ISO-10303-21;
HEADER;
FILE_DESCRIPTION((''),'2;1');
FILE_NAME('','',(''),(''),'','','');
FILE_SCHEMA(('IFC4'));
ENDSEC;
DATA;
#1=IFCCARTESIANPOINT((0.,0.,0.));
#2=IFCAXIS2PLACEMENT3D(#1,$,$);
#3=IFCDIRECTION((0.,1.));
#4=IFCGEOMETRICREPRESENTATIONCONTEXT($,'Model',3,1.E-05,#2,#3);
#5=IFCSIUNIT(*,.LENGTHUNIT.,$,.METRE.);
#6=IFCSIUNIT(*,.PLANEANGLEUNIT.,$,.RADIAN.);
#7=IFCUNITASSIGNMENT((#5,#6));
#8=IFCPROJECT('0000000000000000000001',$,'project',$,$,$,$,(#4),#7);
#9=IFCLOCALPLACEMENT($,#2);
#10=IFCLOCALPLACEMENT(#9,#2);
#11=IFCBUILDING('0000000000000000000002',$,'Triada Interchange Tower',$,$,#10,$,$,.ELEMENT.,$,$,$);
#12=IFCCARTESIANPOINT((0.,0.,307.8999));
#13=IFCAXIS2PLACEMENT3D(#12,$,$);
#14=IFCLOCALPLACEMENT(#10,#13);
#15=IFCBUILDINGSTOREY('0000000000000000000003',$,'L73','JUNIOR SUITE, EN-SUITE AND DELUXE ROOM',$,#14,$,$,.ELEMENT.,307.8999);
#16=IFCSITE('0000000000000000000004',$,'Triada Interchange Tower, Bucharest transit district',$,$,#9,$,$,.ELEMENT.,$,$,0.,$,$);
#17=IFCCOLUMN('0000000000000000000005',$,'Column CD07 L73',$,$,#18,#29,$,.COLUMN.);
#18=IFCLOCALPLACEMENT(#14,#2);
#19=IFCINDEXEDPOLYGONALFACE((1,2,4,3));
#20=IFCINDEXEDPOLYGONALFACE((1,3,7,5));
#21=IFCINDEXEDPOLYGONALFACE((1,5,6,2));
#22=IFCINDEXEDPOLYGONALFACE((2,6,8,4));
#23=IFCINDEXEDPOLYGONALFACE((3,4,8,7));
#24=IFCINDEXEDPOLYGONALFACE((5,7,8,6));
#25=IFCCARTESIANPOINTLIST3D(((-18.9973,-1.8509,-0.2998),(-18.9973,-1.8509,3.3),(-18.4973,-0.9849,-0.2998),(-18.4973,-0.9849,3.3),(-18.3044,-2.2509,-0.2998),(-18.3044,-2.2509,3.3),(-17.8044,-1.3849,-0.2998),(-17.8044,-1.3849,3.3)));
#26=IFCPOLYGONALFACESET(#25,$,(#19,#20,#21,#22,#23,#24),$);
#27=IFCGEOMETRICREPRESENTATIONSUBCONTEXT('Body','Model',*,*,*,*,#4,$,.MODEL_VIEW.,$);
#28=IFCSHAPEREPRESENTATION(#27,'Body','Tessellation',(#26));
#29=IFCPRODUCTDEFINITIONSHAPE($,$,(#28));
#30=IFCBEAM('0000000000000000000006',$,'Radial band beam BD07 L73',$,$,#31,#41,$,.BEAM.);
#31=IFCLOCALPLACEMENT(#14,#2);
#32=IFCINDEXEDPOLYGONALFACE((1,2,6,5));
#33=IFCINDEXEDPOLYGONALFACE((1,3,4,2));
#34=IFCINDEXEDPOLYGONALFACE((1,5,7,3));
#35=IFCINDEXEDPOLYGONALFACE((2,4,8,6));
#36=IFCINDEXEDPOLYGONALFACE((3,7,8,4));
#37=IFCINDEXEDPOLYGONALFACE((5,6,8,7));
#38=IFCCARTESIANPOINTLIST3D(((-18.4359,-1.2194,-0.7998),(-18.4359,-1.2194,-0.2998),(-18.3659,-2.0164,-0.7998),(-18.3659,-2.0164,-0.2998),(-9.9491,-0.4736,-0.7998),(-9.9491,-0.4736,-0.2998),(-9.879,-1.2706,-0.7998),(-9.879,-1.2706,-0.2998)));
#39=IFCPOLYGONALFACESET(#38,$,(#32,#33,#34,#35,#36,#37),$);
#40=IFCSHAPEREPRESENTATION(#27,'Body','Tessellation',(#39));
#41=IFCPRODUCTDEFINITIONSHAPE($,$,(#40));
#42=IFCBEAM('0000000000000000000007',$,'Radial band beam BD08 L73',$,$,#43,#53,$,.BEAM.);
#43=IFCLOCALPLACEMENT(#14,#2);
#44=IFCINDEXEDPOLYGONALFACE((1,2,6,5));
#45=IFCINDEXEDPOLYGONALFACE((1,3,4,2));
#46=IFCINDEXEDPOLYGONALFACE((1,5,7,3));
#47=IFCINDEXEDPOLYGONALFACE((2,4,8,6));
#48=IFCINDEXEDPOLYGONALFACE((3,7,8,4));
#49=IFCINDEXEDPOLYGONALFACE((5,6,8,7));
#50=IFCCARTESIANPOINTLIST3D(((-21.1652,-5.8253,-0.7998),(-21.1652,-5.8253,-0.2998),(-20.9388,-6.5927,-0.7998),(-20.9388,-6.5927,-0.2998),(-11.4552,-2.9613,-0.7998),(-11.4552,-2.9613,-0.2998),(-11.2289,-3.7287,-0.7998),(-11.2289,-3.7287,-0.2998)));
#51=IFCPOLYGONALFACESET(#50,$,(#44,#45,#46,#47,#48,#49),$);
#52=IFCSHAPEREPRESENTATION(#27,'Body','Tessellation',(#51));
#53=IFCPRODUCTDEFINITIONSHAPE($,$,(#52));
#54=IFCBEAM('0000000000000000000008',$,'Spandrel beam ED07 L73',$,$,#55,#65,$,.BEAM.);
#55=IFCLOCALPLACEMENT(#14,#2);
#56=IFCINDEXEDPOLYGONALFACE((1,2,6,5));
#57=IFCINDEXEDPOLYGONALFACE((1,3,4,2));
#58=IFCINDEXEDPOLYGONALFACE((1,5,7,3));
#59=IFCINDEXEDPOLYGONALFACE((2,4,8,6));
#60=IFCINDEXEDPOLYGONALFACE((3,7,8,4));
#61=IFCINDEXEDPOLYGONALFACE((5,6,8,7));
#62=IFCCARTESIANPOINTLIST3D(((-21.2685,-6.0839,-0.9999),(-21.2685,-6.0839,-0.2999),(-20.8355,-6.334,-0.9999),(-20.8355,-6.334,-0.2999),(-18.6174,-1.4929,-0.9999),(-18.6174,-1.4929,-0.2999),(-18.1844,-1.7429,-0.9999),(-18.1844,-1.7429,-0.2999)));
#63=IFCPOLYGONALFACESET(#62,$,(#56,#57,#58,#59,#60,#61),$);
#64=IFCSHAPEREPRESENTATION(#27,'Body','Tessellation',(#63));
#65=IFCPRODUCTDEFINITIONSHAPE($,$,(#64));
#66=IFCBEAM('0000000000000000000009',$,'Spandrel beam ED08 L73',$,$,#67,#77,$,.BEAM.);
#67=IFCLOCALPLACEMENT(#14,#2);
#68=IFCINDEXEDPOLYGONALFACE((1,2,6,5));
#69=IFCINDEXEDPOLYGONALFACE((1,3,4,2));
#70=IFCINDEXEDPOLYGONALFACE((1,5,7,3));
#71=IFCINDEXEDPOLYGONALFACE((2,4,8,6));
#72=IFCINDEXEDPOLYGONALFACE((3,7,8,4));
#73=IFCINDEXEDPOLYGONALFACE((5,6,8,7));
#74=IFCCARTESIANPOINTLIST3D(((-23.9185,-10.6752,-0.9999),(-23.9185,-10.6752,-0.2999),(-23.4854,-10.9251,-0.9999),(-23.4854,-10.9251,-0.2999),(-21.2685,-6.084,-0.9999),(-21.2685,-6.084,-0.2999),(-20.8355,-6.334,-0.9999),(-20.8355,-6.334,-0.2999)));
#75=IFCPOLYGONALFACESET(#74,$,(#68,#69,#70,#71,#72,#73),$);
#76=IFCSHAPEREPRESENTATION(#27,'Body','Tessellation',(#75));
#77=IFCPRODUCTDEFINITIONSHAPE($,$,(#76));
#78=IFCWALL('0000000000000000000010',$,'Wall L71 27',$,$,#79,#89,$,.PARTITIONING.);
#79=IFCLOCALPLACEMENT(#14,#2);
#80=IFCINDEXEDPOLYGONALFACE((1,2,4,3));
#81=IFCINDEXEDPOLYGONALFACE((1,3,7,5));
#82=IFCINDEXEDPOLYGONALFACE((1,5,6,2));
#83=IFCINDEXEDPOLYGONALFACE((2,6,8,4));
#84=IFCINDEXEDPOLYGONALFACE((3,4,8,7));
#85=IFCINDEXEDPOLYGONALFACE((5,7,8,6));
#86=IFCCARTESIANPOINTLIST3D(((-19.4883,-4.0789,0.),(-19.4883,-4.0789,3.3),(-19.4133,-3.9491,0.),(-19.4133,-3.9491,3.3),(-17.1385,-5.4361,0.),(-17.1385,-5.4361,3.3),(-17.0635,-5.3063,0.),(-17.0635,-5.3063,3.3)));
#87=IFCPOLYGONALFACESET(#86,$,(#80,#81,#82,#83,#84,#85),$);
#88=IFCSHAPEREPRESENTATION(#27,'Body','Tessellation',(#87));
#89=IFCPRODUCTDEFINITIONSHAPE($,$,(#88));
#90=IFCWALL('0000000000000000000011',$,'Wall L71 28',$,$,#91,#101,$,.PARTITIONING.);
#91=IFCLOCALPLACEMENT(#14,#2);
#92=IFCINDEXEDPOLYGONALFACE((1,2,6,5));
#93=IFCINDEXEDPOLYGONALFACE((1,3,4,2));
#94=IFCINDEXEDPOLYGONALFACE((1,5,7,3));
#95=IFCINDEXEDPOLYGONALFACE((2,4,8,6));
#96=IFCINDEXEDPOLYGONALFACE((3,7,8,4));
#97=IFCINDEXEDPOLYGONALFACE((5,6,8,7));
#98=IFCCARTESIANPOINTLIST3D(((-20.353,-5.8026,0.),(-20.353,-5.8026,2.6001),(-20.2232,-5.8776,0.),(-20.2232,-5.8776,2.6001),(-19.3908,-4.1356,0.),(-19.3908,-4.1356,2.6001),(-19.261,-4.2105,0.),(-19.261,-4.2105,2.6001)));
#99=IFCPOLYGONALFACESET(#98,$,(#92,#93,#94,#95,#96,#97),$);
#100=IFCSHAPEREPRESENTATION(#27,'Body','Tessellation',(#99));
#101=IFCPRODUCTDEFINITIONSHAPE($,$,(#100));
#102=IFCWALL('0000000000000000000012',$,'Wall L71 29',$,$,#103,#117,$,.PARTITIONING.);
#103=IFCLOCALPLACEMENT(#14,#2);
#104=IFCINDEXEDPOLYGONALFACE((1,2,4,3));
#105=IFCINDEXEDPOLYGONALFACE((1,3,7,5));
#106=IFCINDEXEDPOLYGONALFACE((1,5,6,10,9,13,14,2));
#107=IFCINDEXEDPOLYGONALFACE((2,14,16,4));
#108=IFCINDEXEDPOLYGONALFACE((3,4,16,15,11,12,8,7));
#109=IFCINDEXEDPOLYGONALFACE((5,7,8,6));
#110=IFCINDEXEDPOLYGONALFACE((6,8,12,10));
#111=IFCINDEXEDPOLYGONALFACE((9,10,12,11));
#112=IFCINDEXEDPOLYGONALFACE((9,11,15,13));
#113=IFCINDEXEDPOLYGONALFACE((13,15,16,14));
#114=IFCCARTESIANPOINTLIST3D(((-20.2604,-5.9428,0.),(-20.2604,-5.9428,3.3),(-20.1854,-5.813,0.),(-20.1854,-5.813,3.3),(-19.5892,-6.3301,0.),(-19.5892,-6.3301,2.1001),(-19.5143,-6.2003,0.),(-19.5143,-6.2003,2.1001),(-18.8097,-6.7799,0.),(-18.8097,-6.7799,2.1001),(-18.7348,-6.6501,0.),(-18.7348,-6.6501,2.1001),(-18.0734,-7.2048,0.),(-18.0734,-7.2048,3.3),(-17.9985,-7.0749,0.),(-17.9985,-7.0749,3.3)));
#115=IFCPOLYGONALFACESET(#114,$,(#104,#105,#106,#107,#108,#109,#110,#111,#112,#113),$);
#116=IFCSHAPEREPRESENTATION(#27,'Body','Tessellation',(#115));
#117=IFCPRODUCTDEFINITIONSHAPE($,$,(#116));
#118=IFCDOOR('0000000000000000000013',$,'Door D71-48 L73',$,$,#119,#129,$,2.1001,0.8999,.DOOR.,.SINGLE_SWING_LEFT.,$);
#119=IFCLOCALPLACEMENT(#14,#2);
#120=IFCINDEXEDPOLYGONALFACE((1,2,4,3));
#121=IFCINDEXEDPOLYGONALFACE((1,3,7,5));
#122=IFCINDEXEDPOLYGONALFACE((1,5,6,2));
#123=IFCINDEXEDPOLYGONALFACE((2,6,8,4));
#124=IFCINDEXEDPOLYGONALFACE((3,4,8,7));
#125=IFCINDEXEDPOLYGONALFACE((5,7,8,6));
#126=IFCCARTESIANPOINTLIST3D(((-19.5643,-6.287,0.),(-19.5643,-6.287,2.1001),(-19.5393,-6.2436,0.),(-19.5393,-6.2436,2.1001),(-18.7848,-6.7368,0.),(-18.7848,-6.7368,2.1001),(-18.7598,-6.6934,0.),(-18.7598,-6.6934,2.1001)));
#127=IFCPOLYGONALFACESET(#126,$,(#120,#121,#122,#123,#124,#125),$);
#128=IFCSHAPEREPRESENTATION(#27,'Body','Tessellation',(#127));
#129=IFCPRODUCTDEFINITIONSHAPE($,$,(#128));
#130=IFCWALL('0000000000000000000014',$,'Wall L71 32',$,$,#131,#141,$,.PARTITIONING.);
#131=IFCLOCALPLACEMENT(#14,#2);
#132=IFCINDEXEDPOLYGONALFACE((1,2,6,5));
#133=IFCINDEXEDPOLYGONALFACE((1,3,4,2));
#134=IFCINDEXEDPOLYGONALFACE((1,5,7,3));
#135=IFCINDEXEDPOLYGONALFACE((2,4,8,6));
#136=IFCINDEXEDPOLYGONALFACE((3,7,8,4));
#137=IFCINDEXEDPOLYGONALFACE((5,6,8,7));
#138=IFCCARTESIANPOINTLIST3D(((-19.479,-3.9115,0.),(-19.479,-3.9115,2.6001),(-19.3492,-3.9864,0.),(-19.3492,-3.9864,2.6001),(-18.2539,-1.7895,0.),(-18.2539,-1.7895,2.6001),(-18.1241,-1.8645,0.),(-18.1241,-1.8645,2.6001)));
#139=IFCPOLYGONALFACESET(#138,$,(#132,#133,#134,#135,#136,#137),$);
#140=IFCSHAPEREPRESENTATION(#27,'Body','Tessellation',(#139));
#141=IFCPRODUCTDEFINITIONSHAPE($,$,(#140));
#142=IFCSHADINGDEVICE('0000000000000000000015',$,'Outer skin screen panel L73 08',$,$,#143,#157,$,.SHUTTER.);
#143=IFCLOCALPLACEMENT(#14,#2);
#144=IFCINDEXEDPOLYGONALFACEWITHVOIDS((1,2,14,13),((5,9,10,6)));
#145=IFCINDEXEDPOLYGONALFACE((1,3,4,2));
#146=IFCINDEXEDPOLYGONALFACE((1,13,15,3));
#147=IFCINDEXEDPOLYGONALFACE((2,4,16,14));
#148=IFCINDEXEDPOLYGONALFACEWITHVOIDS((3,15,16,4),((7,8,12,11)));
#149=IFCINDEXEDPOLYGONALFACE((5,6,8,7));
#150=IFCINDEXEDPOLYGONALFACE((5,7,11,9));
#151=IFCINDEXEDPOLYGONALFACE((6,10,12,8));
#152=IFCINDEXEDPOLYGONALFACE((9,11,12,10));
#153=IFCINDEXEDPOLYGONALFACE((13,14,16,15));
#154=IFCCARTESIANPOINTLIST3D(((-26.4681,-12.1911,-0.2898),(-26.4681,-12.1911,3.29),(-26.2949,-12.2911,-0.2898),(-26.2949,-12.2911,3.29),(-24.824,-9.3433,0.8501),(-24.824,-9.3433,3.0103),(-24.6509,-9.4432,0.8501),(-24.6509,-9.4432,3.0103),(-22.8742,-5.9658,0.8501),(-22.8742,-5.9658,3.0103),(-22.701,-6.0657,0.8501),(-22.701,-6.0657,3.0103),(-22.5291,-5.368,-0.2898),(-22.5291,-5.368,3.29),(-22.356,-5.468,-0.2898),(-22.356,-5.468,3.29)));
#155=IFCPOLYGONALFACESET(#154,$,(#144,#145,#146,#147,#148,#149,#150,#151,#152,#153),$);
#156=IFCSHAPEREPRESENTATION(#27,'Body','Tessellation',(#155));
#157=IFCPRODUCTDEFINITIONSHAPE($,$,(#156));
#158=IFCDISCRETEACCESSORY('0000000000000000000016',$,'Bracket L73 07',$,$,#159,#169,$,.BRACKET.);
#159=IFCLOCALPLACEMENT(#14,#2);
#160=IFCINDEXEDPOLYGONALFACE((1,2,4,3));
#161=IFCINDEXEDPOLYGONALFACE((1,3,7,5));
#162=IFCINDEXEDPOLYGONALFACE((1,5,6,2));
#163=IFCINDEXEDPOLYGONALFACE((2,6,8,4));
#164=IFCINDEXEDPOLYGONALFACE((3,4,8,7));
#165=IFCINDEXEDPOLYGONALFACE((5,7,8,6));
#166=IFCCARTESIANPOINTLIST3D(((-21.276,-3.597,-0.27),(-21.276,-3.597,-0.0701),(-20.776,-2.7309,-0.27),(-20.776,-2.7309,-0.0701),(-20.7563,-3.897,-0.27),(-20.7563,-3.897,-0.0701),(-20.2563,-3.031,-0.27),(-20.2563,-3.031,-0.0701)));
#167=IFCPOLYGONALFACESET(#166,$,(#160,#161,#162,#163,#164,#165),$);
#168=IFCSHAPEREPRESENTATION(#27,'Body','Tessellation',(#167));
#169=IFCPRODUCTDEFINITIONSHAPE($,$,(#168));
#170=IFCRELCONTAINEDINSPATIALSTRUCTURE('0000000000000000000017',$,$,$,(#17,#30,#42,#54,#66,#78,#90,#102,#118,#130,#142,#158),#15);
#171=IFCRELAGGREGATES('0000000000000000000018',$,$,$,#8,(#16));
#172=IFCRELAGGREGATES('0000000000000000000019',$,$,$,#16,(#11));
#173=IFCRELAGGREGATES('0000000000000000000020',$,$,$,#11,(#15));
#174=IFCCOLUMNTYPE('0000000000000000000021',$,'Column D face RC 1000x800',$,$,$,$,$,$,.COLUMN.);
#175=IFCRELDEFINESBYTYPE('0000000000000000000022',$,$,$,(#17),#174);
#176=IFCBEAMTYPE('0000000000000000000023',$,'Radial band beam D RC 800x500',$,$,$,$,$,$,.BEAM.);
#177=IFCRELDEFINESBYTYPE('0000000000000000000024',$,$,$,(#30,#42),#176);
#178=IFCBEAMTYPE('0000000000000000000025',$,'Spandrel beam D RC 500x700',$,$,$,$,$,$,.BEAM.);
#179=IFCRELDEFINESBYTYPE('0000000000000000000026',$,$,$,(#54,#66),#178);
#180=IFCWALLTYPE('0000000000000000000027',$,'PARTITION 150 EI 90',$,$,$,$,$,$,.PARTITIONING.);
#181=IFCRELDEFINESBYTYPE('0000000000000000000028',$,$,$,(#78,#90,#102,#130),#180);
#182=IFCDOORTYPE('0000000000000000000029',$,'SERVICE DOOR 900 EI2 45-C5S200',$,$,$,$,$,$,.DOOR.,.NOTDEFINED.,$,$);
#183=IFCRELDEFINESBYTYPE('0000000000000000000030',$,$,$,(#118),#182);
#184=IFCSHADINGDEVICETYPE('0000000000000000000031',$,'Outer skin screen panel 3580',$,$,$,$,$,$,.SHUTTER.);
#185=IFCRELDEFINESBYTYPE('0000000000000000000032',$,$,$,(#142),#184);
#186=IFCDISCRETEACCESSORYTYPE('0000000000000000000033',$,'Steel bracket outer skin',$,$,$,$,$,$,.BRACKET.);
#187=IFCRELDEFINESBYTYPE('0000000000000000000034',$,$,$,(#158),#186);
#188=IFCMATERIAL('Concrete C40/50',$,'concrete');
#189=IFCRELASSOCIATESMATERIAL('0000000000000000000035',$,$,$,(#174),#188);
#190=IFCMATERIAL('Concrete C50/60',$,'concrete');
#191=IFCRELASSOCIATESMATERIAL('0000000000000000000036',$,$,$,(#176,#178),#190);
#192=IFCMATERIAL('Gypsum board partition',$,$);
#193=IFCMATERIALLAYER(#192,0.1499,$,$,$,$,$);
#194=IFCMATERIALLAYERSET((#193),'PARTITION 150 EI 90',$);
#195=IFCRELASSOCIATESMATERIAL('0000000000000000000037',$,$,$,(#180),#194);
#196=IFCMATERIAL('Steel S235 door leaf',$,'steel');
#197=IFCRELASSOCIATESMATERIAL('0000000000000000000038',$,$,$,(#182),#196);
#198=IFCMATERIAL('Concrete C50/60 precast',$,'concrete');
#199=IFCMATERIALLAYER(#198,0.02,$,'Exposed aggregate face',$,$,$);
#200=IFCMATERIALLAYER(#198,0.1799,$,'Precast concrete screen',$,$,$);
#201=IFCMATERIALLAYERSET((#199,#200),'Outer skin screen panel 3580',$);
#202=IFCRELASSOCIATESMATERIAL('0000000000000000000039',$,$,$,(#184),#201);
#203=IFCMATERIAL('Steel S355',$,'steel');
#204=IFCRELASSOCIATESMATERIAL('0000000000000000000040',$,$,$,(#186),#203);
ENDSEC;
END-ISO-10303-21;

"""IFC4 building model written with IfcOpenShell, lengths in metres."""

from ifc_helpers import new_model, si_unit, direction, frame, frame_2d, origin, origin_2d, place, context, subcontext, project, spatial, polyline, rectangle, outline, extrude, material, layer, layer_set, material_profile, profile_set, type_object, element, fill, save


model = new_model("IFC4")

# Units and contexts
model_context = context("Model", 3, precision=1e-05, world=origin(), true_north=direction((0.0, 1.0)))
body_context = subcontext(model_context, "Body", "Model", "MODEL_VIEW")
ifc_project = project(units=[si_unit("LENGTHUNIT", "METRE"), si_unit("PLANEANGLEUNIT", "RADIAN")], contexts=[model_context])

# Site, building, storey
site_placement = place(None, origin())
site = spatial("IfcSite", under=ifc_project, at=site_placement, Name="Triada Interchange Tower, Bucharest transit district", CompositionType="ELEMENT", RefElevation=0.0)
building_placement = place(site_placement, origin())
building = spatial("IfcBuilding", under=site, at=building_placement, Name="Triada Interchange Tower", CompositionType="ELEMENT")
storey_placement = place(building_placement, frame((0.0, 0.0, 307.8999)))
storey = spatial("IfcBuildingStorey", under=building, at=storey_placement, Name="L73", Description="JUNIOR SUITE, EN-SUITE AND DELUXE ROOM", CompositionType="ELEMENT", Elevation=307.8999)

# Column
ifc_material_1 = material(Name="Concrete C40/50", Category="concrete")
ifc_material_profile_1 = material_profile(ifc_material_1, rectangle(XDim=1.0, YDim=0.8, at=origin_2d()), Name="RC 1000x800")
ifc_profile_set_1 = profile_set([ifc_material_profile_1], Name="Concrete C40/50")
column_type = type_object("IfcColumnType", Name="Column D face RC 1000x800", PredefinedType="COLUMN", material=ifc_profile_set_1)
column_placement = place(storey_placement, frame((-18.4009, -1.6179, -0.2998), z_axis=(0.0, 0.0, 1.0), x_axis=(0.5, 0.866025, 0.0)))
element("IfcColumn", 1, at=column_placement, inside=storey, type_object=column_type, Name="Column CD07 L73", PredefinedType="COLUMN", context=body_context, shape_type="SweptSolid", body=[
    extrude(rectangle(XDim=1.0, YDim=0.8, at=origin_2d()), origin(), (0.0, 0.0, 1.0), 3.5999),
])

# Beams
ifc_material_2 = material(Name="Concrete C50/60", Category="concrete")
ifc_material_profile_2 = material_profile(ifc_material_2, rectangle(XDim=0.8, YDim=0.5, at=origin_2d()), Name="RC 800x500")
ifc_profile_set_2 = profile_set([ifc_material_profile_2], Name="Concrete C50/60")
beam_type_1 = type_object("IfcBeamType", Name="Radial band beam D RC 800x500", PredefinedType="BEAM", material=ifc_profile_set_2)
beam_1_placement = place(storey_placement, frame((-18.4009, -1.6179, -0.5498), z_axis=(0.99616, 0.087546, 0.0), x_axis=(-0.087546, 0.99616, 0.0)))
element("IfcBeam", 2, at=beam_1_placement, inside=storey, type_object=beam_type_1, Name="Radial band beam BD07 L73", PredefinedType="BEAM", context=body_context, shape_type="SweptSolid", body=[
    extrude(rectangle(XDim=0.8, YDim=0.5, at=origin_2d()), origin(), (0.0, 0.0, 1.0), 8.5195),
])
beam_2_placement = place(storey_placement, frame((-21.052, -6.209, -0.5498), z_axis=(0.959147, 0.282907, 0.0), x_axis=(-0.282907, 0.959147, 0.0)))
element("IfcBeam", 3, at=beam_2_placement, inside=storey, type_object=beam_type_1, Name="Radial band beam BD08 L73", PredefinedType="BEAM", context=body_context, shape_type="SweptSolid", body=[
    extrude(rectangle(XDim=0.8, YDim=0.5, at=origin_2d()), origin(), (0.0, 0.0, 1.0), 10.1235),
])
ifc_material_profile_3 = material_profile(ifc_material_2, rectangle(XDim=0.5, YDim=0.7, at=origin_2d()), Name="RC 500x700")
ifc_profile_set_3 = profile_set([ifc_material_profile_3], Name="Concrete C50/60")
beam_type_2 = type_object("IfcBeamType", Name="Spandrel beam D RC 500x700", PredefinedType="BEAM", material=ifc_profile_set_3)
beam_3_placement = place(storey_placement, frame((-18.4009, -1.6179, -0.6499), z_axis=(-0.500067, -0.865987, 0.0), x_axis=(0.865987, -0.500067, 0.0)))
element("IfcBeam", 4, at=beam_3_placement, inside=storey, type_object=beam_type_2, Name="Spandrel beam ED07 L73", PredefinedType="BEAM", context=body_context, shape_type="SweptSolid", body=[
    extrude(rectangle(XDim=0.5, YDim=0.7, at=origin_2d()), origin(), (0.0, 0.0, 1.0), 5.3015),
])
beam_4_placement = place(storey_placement, frame((-21.052, -6.209, -0.6499), z_axis=(-0.499894, -0.866087, 0.0), x_axis=(0.866087, -0.499894, 0.0)))
element("IfcBeam", 5, at=beam_4_placement, inside=storey, type_object=beam_type_2, Name="Spandrel beam ED08 L73", PredefinedType="BEAM", context=body_context, shape_type="SweptSolid", body=[
    extrude(rectangle(XDim=0.5, YDim=0.7, at=origin_2d()), origin(), (0.0, 0.0, 1.0), 5.301),
])

# Walls
ifc_material_3 = material(Name="Gypsum board partition")
ifc_layer_1 = layer(ifc_material_3, 0.1499)
ifc_layer_set_1 = layer_set([ifc_layer_1], Name="PARTITION 150 EI 90")
wall_type = type_object("IfcWallType", Name="PARTITION 150 EI 90", PredefinedType="PARTITIONING", material=ifc_layer_set_1)
wall_1_placement = place(storey_placement, frame((-19.4509, -4.0139, 0.0), z_axis=(0.0, 0.0, 1.0), x_axis=(0.865947, -0.500135, 0.0)))
element("IfcWall", 6, at=wall_1_placement, inside=storey, type_object=wall_type, Name="Wall L71 27", PredefinedType="PARTITIONING", context=body_context, shape_type="SweptSolid", body=[
    extrude(rectangle(XDim=2.7136, YDim=0.1499, at=frame_2d((1.3569, 0.0))), origin(), (0.0, 0.0, 1.0), 3.3),
])
wall_2_placement = place(storey_placement, frame((-20.2881, -5.8401, 0.0), z_axis=(0.0, 0.0, 1.0), x_axis=(0.499891, 0.866088, 0.0)))
element("IfcWall", 7, at=wall_2_placement, inside=storey, type_object=wall_type, Name="Wall L71 28", PredefinedType="PARTITIONING", context=body_context, shape_type="SweptSolid", body=[
    extrude(rectangle(XDim=1.9248, YDim=0.1499, at=frame_2d((0.9624, 0.0))), origin(), (0.0, 0.0, 1.0), 2.6001),
])

# Wall, opening, door
wall_3_placement = place(storey_placement, frame((-20.2229, -5.8779, 0.0), z_axis=(0.0, 0.0, 1.0), x_axis=(0.866147, -0.499789, 0.0)))
wall_3 = element("IfcWall", 8, at=wall_3_placement, inside=storey, type_object=wall_type, Name="Wall L71 29", PredefinedType="PARTITIONING", context=body_context, shape_type="SweptSolid", body=[
    extrude(rectangle(XDim=2.5249, YDim=0.1499, at=frame_2d((1.2625, 0.0))), origin(), (0.0, 0.0, 1.0), 3.3),
])
opening_placement = place(wall_3_placement, frame((0.7749, 0.0, 0.0)))
opening = element("IfcOpeningElement", 9, at=opening_placement, cuts=wall_3, PredefinedType="OPENING", context=body_context, shape_type="SweptSolid", body=[
    extrude(rectangle(XDim=0.8999, YDim=2.1001, at=frame_2d((0.45, 1.05))), frame((0.0, 0.085, 0.0), z_axis=(0.0, -1.0, 0.0), x_axis=(1.0, 0.0, 0.0)), (0.0, 0.0, 1.0), 0.1699),
])
ifc_material_4 = material(Name="Steel S235 door leaf", Category="steel")
door_type = type_object("IfcDoorType", Name="SERVICE DOOR 900 EI2 45-C5S200", OperationType="NOTDEFINED", PredefinedType="DOOR", material=ifc_material_4)
door_placement = place(opening_placement, origin())
door = element("IfcDoor", 10, at=door_placement, inside=storey, type_object=door_type, Name="Door D71-48 L73", OperationType="SINGLE_SWING_LEFT", OverallHeight=2.1001, OverallWidth=0.8999, PredefinedType="DOOR", context=body_context, shape_type="SweptSolid", body=[
    extrude(rectangle(XDim=0.8999, YDim=2.1001, at=frame_2d((0.45, 1.05))), frame((0.0, 0.0249, 0.0), z_axis=(0.0, -1.0, 0.0), x_axis=(1.0, 0.0, 0.0)), (0.0, 0.0, 1.0), 0.05),
])
fill(opening, door)

# Wall
wall_4_placement = place(storey_placement, frame((-19.4141, -3.949, 0.0), z_axis=(0.0, 0.0, 1.0), x_axis=(0.499975, 0.86604, 0.0)))
element("IfcWall", 11, at=wall_4_placement, inside=storey, type_object=wall_type, Name="Wall L71 32", PredefinedType="PARTITIONING", context=body_context, shape_type="SweptSolid", body=[
    extrude(rectangle(XDim=2.4502, YDim=0.1499, at=frame_2d((1.2251, 0.0))), origin(), (0.0, 0.0, 1.0), 2.6001),
])

# Shading device
ifc_material_5 = material(Name="Concrete C50/60 precast", Category="concrete")
ifc_layer_2 = layer(ifc_material_5, 0.02, Name="Exposed aggregate face")
ifc_layer_3 = layer(ifc_material_5, 0.1799, Name="Precast concrete screen")
ifc_layer_set_2 = layer_set([ifc_layer_2, ifc_layer_3], Name="Outer skin screen panel 3580")
shading_device_type = type_object("IfcShadingDeviceType", Name="Outer skin screen panel 3580", PredefinedType="SHUTTER", material=ifc_layer_set_2)
shading_device_placement = place(storey_placement, frame((-22.356, -5.468, -0.2898), z_axis=(0.0, 0.0, 1.0), x_axis=(-0.499972, -0.866042, 0.0)))
element("IfcShadingDevice", 12, at=shading_device_placement, inside=storey, type_object=shading_device_type, Name="Outer skin screen panel L73 08", PredefinedType="SHUTTER", context=body_context, shape_type="SweptSolid", body=[
    extrude(outline(polyline([(0.0, 0.0), (7.8784, 0.0), (7.8784, 3.5798), (0.0, 3.5798), (0.0, 0.0)]), holes=[polyline([(0.6902, 1.1399), (0.6902, 3.3), (4.5901, 3.3), (4.5901, 1.1399), (0.6902, 1.1399)])]), frame((0.0, 0.0, 0.0), z_axis=(0.0, -1.0, 0.0), x_axis=(1.0, 0.0, 0.0)), (0.0, 0.0, 1.0), 0.2),
])

# Discrete accessory
ifc_material_6 = material(Name="Steel S355", Category="steel")
discrete_accessory_type = type_object("IfcDiscreteAccessoryType", Name="Steel bracket outer skin", PredefinedType="BRACKET", material=ifc_material_6)
discrete_accessory_placement = place(storey_placement, frame((-20.7661, -3.314, -0.27), z_axis=(0.0, 0.0, 1.0), x_axis=(-0.866027, 0.499997, 0.0)))
element("IfcDiscreteAccessory", 13, at=discrete_accessory_placement, inside=storey, type_object=discrete_accessory_type, Name="Bracket L73 07", PredefinedType="BRACKET", context=body_context, shape_type="SweptSolid", body=[
    extrude(rectangle(XDim=0.6001, YDim=1.0, at=origin_2d()), origin(), (0.0, 0.0, 1.0), 0.2),
])

save(model, "model.ifc")
